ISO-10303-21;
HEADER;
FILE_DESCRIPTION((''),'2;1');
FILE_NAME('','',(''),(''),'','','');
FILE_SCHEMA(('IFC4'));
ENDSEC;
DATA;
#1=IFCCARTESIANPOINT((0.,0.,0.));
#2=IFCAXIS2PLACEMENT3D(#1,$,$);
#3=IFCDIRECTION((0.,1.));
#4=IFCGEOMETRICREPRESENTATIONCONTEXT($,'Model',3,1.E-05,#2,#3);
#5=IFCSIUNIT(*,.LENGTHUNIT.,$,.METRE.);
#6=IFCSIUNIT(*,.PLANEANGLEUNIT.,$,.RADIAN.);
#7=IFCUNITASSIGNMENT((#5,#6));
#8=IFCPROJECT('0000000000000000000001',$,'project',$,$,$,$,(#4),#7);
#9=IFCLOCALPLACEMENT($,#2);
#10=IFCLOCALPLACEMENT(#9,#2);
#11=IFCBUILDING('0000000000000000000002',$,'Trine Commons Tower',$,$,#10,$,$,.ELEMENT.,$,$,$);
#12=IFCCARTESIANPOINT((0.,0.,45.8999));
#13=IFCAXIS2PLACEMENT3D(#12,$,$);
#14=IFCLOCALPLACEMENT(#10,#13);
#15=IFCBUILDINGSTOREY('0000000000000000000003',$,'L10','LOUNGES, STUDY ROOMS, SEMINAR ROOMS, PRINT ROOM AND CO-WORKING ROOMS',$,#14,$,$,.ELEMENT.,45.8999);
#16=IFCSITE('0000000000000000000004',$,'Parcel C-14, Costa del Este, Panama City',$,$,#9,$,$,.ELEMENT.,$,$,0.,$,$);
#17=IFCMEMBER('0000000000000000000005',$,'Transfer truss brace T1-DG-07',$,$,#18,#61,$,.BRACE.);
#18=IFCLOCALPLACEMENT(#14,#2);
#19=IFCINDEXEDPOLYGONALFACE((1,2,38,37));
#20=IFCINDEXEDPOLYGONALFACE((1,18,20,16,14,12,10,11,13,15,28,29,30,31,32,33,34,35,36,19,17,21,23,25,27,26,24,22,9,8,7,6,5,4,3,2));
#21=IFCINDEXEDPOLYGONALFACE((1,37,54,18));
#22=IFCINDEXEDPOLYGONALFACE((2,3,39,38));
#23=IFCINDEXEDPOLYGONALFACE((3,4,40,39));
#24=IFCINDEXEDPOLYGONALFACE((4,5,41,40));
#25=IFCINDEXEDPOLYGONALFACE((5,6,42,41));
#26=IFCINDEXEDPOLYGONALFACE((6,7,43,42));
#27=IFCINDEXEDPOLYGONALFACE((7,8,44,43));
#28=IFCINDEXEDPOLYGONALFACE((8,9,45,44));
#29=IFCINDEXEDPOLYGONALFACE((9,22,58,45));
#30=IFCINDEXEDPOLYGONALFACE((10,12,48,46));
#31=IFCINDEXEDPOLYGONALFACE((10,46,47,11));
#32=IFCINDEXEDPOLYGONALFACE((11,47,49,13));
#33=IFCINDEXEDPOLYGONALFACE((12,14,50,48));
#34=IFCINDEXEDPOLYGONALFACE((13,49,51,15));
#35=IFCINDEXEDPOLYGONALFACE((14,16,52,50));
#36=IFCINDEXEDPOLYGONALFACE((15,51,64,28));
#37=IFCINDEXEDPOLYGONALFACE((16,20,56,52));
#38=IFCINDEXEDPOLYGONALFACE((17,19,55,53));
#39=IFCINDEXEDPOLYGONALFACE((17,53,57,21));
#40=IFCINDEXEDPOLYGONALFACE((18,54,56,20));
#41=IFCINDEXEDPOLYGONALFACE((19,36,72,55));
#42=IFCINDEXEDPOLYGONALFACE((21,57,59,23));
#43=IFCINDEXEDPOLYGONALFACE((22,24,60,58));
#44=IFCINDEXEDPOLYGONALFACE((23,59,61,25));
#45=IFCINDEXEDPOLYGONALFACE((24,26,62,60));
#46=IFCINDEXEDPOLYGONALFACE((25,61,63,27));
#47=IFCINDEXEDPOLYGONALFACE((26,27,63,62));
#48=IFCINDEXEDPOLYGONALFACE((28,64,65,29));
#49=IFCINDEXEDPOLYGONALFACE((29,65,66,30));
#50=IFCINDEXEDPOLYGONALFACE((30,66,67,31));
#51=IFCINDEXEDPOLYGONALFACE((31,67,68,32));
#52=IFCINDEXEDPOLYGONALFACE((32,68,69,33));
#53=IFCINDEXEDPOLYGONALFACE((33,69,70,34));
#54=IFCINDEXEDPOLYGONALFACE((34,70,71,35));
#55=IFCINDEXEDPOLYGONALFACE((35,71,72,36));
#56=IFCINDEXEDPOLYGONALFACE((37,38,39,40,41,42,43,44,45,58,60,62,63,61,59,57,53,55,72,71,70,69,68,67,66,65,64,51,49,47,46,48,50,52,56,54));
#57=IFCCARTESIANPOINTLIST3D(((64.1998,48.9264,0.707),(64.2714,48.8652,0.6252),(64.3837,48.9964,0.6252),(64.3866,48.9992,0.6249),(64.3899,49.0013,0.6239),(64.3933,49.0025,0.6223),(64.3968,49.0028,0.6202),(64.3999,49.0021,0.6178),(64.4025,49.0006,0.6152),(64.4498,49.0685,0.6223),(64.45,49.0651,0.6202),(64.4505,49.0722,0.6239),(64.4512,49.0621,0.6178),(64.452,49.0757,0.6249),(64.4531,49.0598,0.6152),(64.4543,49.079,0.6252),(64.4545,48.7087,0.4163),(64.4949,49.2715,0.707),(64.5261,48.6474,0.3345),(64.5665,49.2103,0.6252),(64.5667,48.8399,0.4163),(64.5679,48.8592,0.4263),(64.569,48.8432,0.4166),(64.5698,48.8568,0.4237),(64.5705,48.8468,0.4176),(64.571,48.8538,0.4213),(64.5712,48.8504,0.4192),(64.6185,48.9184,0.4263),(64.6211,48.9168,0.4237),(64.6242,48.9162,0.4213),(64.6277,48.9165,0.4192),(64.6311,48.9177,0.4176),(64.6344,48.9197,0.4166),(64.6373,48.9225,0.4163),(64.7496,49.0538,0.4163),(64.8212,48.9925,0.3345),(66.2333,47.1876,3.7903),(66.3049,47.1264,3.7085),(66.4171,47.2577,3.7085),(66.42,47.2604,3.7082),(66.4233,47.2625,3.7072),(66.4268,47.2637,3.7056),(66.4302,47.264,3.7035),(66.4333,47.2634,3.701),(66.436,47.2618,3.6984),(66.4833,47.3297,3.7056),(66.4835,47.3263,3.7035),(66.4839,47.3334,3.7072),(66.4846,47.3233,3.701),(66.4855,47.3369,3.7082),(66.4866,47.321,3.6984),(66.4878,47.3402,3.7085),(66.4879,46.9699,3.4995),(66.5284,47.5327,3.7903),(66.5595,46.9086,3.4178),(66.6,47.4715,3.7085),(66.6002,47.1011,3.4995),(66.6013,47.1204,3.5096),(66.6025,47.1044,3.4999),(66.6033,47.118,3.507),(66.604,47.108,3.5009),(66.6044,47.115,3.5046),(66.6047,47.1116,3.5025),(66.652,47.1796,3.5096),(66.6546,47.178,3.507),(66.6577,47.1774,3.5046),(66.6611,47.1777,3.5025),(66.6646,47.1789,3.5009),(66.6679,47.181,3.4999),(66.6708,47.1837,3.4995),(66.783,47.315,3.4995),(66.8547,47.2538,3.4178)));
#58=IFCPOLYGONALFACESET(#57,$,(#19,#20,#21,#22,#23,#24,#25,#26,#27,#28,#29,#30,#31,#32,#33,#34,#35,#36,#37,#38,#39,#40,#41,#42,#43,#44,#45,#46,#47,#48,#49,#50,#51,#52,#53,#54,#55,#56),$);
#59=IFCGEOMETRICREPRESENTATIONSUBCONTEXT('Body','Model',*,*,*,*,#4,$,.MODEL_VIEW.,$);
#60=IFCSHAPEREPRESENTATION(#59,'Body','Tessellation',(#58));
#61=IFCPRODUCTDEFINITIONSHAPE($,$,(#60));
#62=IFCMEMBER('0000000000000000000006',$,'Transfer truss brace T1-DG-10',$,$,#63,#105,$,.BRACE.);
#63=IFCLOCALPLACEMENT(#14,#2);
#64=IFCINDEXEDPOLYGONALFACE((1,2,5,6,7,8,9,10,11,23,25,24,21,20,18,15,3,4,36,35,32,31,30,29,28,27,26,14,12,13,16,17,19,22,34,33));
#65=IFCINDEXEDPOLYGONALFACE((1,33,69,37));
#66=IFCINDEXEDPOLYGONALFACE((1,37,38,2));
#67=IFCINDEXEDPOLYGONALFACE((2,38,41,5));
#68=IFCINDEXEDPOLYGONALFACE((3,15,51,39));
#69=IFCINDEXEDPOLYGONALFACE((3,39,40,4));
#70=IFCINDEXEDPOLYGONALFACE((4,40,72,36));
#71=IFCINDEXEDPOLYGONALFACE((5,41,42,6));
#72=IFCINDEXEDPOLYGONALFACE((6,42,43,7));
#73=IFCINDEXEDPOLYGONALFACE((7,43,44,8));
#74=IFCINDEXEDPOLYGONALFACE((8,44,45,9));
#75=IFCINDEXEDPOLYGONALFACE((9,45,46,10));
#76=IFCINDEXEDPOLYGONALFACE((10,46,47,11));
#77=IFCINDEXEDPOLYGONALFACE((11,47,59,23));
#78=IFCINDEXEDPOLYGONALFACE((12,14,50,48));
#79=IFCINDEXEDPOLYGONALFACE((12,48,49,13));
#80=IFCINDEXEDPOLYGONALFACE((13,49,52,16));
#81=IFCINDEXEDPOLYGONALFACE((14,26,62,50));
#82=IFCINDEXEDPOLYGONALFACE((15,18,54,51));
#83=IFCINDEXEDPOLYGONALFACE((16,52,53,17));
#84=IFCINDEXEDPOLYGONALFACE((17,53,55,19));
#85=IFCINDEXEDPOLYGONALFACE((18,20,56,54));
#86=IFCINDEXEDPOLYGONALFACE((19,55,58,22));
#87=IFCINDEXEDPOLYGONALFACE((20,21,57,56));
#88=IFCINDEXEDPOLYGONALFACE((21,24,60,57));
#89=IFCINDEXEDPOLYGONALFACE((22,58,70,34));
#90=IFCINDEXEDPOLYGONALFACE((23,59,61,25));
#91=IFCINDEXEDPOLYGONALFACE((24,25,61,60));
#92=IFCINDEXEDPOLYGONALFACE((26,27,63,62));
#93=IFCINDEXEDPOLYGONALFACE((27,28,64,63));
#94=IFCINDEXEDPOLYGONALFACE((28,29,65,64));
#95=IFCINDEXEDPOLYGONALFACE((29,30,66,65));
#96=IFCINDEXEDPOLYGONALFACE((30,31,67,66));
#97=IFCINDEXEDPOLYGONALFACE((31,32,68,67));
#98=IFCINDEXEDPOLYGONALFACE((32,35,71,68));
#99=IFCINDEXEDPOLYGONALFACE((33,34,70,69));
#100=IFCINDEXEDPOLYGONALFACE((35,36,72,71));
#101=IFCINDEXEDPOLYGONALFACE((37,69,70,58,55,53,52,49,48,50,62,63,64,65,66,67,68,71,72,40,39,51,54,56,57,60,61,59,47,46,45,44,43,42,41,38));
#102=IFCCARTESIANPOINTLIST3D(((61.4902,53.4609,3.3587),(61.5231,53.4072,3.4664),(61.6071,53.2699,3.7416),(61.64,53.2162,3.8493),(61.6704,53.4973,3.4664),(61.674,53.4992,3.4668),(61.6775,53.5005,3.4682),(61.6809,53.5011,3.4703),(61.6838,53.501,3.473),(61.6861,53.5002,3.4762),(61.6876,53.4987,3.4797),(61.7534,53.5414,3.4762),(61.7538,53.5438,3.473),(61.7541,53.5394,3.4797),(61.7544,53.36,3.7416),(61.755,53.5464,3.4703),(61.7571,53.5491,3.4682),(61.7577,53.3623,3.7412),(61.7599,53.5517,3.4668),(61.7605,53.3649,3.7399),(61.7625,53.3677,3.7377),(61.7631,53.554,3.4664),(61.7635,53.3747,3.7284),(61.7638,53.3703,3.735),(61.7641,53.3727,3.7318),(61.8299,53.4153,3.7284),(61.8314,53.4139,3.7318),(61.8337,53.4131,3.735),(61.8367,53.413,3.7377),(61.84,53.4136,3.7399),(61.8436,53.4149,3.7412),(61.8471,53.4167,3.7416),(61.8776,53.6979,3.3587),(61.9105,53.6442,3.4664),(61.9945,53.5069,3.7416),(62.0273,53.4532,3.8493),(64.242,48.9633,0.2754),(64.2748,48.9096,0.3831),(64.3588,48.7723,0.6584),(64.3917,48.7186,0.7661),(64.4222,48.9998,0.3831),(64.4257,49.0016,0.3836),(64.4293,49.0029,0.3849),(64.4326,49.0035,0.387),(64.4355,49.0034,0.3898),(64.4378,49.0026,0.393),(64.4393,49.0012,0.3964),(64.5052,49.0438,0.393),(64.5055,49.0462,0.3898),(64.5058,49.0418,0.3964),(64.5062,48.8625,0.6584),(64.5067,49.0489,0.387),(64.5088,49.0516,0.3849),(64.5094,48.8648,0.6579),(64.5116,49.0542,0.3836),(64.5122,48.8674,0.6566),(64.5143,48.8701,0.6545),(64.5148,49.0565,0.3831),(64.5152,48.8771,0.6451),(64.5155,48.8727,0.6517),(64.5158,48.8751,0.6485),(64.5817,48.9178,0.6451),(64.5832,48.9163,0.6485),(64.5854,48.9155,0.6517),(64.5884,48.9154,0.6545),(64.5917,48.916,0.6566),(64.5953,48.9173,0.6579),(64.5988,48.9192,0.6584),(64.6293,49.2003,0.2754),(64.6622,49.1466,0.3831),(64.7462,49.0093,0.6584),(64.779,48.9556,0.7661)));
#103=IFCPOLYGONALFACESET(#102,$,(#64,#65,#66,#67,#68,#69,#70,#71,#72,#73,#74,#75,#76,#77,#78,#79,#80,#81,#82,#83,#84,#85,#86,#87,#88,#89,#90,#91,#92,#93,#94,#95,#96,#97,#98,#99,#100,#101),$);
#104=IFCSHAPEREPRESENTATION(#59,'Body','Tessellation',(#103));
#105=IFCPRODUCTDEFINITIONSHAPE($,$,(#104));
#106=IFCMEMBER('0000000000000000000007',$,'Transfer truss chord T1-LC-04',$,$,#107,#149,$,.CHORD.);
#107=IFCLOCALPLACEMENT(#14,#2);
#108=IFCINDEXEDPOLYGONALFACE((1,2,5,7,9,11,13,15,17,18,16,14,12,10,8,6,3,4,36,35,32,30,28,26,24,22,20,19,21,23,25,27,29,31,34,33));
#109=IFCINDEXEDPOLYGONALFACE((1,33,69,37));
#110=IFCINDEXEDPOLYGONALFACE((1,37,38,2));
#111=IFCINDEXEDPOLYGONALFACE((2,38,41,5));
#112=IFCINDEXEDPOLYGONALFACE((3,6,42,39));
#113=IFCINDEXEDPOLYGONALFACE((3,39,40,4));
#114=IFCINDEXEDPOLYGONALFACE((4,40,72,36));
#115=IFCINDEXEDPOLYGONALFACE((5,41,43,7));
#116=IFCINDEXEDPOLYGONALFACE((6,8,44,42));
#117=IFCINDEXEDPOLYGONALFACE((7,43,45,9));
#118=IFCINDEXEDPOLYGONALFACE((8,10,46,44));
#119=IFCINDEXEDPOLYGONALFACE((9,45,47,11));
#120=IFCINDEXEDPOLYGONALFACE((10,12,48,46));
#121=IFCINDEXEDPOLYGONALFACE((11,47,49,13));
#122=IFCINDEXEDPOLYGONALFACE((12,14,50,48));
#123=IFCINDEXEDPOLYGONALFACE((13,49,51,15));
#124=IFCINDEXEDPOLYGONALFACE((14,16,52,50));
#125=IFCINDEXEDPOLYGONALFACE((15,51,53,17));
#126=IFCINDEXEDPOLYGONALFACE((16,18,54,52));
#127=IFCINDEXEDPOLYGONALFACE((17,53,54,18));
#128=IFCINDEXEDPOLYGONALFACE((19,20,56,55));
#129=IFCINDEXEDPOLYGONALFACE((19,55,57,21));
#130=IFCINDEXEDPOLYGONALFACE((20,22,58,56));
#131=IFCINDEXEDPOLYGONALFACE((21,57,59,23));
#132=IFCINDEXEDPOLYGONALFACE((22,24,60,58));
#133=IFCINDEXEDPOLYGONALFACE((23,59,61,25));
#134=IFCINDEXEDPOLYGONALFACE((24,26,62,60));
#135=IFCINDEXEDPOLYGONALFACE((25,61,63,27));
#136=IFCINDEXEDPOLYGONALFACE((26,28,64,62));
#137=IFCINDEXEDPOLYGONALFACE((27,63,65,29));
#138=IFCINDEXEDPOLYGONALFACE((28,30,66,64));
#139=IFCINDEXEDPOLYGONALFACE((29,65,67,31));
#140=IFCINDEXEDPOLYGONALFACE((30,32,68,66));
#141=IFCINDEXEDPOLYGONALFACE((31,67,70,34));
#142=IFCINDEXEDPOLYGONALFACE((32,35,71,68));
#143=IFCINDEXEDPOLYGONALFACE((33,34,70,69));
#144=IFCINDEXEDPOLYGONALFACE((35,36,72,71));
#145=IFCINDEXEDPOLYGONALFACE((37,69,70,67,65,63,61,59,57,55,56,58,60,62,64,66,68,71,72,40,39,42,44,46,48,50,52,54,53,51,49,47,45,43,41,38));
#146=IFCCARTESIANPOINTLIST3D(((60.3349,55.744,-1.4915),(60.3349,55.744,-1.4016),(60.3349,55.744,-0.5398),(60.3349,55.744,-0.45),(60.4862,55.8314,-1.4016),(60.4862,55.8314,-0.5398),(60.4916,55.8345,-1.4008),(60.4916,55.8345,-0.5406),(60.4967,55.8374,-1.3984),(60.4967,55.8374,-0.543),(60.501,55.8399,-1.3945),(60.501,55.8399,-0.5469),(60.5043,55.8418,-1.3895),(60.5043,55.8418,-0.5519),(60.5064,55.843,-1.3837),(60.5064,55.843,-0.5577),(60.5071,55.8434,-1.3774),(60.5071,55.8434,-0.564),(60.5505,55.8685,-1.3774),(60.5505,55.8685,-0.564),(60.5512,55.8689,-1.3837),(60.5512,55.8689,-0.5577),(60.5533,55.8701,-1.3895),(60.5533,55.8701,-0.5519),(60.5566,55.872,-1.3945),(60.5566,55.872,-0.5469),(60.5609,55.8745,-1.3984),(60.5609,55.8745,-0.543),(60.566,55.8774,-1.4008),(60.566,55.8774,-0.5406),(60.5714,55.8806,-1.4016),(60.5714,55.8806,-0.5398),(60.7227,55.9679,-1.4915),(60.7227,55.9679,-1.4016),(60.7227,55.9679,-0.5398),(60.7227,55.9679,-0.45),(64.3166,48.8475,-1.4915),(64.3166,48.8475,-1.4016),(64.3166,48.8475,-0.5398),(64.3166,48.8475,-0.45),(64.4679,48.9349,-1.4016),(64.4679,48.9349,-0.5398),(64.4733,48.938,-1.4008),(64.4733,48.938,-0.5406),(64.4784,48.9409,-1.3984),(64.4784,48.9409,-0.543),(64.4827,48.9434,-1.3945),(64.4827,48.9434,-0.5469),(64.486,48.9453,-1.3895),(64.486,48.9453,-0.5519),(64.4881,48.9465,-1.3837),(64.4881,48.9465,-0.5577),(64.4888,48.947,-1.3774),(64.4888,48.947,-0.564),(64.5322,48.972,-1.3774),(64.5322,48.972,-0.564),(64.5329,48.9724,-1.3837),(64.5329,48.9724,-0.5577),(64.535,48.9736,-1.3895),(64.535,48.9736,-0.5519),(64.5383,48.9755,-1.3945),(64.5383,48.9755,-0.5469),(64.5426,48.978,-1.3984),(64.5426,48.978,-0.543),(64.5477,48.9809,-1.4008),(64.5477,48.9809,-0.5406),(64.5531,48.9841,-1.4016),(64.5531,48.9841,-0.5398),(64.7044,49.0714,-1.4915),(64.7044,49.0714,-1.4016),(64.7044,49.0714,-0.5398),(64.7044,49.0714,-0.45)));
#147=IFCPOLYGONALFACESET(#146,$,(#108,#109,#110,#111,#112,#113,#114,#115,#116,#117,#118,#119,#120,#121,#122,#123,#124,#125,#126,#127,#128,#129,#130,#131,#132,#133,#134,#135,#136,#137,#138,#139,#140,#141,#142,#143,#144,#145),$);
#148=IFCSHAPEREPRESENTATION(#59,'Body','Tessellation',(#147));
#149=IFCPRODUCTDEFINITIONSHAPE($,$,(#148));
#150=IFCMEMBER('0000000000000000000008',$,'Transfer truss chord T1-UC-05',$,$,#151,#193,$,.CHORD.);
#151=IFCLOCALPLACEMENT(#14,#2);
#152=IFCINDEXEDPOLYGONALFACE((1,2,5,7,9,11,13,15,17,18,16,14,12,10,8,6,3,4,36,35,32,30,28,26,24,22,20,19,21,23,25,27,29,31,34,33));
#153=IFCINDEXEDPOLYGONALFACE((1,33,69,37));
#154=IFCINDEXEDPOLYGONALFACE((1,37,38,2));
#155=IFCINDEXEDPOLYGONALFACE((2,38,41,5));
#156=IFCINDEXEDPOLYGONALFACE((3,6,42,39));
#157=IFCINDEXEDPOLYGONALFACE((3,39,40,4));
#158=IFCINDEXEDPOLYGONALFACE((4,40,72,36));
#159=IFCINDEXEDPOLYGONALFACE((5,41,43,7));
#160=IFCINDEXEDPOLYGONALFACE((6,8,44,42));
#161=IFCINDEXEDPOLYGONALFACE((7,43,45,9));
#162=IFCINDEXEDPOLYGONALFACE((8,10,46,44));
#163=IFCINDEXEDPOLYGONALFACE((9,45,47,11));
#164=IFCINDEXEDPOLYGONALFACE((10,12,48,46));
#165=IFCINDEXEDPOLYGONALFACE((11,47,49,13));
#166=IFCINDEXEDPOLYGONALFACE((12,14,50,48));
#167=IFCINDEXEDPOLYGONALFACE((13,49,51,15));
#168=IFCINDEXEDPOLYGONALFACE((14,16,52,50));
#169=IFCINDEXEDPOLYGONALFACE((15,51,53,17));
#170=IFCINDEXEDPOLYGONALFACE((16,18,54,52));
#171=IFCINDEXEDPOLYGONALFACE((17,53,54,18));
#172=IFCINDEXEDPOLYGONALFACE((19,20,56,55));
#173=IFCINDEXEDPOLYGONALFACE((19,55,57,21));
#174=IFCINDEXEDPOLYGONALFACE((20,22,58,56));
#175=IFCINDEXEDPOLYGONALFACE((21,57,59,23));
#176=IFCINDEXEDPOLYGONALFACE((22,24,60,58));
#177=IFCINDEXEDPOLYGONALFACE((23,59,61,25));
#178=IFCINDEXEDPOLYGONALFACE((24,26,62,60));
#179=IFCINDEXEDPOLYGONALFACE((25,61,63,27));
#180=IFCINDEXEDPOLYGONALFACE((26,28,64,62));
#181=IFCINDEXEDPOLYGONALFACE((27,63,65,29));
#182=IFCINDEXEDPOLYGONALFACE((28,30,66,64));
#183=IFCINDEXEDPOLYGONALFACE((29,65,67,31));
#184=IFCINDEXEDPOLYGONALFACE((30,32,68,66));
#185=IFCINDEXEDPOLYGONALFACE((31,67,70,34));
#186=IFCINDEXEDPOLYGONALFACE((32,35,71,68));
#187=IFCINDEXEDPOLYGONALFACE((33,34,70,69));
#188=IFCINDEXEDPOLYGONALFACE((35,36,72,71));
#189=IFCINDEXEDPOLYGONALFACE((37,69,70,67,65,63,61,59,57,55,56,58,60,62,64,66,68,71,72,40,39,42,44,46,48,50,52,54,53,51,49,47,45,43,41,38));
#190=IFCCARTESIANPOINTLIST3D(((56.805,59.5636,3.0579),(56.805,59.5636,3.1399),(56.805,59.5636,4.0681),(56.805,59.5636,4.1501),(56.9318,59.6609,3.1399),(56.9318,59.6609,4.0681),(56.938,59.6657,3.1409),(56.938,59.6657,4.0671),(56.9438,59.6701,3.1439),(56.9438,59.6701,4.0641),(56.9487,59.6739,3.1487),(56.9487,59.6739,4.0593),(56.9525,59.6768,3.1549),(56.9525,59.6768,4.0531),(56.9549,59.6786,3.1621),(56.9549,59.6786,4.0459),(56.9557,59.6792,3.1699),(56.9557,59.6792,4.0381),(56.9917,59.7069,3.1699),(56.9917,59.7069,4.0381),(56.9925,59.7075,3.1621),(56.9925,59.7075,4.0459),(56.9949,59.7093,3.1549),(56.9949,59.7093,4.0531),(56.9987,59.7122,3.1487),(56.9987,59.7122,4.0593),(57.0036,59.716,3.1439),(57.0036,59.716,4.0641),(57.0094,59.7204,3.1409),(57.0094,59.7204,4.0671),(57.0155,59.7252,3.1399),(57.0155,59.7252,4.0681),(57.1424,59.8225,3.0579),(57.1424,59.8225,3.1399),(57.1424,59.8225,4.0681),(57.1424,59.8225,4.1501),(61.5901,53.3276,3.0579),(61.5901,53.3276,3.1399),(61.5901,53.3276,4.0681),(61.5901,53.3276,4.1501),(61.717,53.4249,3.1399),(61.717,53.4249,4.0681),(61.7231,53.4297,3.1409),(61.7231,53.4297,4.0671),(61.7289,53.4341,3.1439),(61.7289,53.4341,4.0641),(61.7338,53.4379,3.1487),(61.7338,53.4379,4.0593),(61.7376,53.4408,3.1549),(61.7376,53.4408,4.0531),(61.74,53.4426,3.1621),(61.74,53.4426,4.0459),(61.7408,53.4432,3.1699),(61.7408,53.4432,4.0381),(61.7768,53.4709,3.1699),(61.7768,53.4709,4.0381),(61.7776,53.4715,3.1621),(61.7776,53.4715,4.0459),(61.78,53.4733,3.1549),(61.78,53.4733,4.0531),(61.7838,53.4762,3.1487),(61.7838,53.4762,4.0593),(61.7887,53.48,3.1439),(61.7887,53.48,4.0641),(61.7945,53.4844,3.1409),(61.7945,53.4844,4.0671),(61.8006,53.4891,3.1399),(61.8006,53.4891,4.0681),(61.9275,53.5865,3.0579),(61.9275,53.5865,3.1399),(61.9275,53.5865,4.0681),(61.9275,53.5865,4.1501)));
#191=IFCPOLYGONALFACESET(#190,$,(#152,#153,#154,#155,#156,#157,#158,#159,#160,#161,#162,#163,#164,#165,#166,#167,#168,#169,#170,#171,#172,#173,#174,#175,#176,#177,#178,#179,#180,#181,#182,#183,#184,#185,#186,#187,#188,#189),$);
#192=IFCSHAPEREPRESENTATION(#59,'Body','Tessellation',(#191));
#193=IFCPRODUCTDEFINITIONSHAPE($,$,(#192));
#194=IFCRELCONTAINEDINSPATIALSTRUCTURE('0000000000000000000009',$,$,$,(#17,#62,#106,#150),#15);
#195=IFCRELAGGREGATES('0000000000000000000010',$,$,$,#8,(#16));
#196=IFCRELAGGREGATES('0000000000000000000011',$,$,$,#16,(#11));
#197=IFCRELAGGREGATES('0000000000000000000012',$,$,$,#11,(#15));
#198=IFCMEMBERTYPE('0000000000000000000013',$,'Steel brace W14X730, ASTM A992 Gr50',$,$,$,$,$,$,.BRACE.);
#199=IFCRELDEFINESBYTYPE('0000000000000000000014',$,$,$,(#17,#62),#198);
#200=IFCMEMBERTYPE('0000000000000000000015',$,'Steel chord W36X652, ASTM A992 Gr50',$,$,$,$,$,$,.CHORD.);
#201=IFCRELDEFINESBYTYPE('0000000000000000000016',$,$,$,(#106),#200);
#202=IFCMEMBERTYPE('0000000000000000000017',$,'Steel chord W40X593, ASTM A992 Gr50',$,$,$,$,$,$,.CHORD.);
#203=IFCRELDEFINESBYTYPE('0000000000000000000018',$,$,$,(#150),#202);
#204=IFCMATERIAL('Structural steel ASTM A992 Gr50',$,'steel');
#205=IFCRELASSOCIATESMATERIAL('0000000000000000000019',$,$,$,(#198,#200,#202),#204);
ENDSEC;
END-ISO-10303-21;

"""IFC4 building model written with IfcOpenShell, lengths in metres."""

from ifc_helpers import new_model, si_unit, direction, frame, origin, origin_2d, place, context, subcontext, project, spatial, i_section, extrude, material, material_profile, profile_set, type_object, element, save


model = new_model("IFC4")

# Units and contexts
model_context = context("Model", 3, precision=1e-05, world=origin(), true_north=direction((0.0, 1.0)))
body_context = subcontext(model_context, "Body", "Model", "MODEL_VIEW")
ifc_project = project(units=[si_unit("LENGTHUNIT", "METRE"), si_unit("PLANEANGLEUNIT", "RADIAN")], contexts=[model_context])

# Site, building, storey
site_placement = place(None, origin())
site = spatial("IfcSite", under=ifc_project, at=site_placement, Name="Parcel C-14, Costa del Este, Panama City", CompositionType="ELEMENT", RefElevation=0.0)
building_placement = place(site_placement, origin())
building = spatial("IfcBuilding", under=site, at=building_placement, Name="Trine Commons Tower", CompositionType="ELEMENT")
storey_placement = place(building_placement, frame((0.0, 0.0, 45.8999)))
storey = spatial("IfcBuildingStorey", under=building, at=storey_placement, Name="L10", Description="LOUNGES, STUDY ROOMS, SEMINAR ROOMS, PRINT ROOM AND CO-WORKING ROOMS", CompositionType="ELEMENT", Elevation=45.8999)

# Members
ifc_material_1 = material(Name="Structural steel ASTM A992 Gr50", Category="steel")
ifc_material_profile_1 = material_profile(ifc_material_1, i_section(OverallWidth=0.4541, OverallDepth=0.5684, WebThickness=0.0779, FlangeThickness=0.1248, FilletRadius=0.0154, at=origin_2d()), Name="W14X730")
ifc_profile_set_1 = profile_set([ifc_material_profile_1], Name="Structural steel ASTM A992 Gr50")
member_type_1 = type_object("IfcMemberType", Name="Steel brace W14X730, ASTM A992 Gr50", PredefinedType="BRACE", material=ifc_profile_set_1)
member_1_placement = place(storey_placement, frame((64.5105, 48.9595, 0.5208), z_axis=(0.498121, -0.425935, 0.755285), x_axis=(0.649889, 0.760029, 0.0)))
element("IfcMember", 1, at=member_1_placement, inside=storey, type_object=member_type_1, Name="Transfer truss brace T1-DG-07", PredefinedType="BRACE", context=body_context, shape_type="SweptSolid", body=[
    extrude(i_section(OverallWidth=0.4541, OverallDepth=0.5684, WebThickness=0.0779, FlangeThickness=0.1248, FilletRadius=0.0154, at=origin_2d()), origin(), (0.0, 0.0, 1.0), 4.0823),
])
member_2_placement = place(storey_placement, frame((64.5105, 48.9595, 0.5208), z_axis=(-0.450517, 0.736352, 0.504798), x_axis=(-0.853012, -0.521892, 0.0)))
element("IfcMember", 2, at=member_2_placement, inside=storey, type_object=member_type_1, Name="Transfer truss brace T1-DG-10", PredefinedType="BRACE", context=body_context, shape_type="SweptSolid", body=[
    extrude(i_section(OverallWidth=0.4541, OverallDepth=0.5684, WebThickness=0.0779, FlangeThickness=0.1248, FilletRadius=0.0154, at=origin_2d()), origin(), (0.0, 0.0, 1.0), 6.1079),
])
ifc_material_profile_2 = material_profile(ifc_material_1, i_section(OverallWidth=0.4478, OverallDepth=1.0415, WebThickness=0.05, FlangeThickness=0.0898, FilletRadius=0.0242, at=origin_2d()), Name="W36X652")
ifc_profile_set_2 = profile_set([ifc_material_profile_2], Name="Structural steel ASTM A992 Gr50")
member_type_2 = type_object("IfcMemberType", Name="Steel chord W36X652, ASTM A992 Gr50", PredefinedType="CHORD", material=ifc_profile_set_2)
member_3_placement = place(storey_placement, frame((64.5105, 48.9595, -0.9707), z_axis=(-0.5, 0.866025, 0.0), x_axis=(-0.866025, -0.5, 0.0)))
element("IfcMember", 3, at=member_3_placement, inside=storey, type_object=member_type_2, Name="Transfer truss chord T1-LC-04", PredefinedType="CHORD", context=body_context, shape_type="SweptSolid", body=[
    extrude(i_section(OverallWidth=0.4478, OverallDepth=1.0415, WebThickness=0.05, FlangeThickness=0.0898, FilletRadius=0.0242, at=origin_2d()), origin(), (0.0, 0.0, 1.0), 7.9634),
])
ifc_material_profile_3 = material_profile(ifc_material_1, i_section(OverallWidth=0.4253, OverallDepth=1.0923, WebThickness=0.0454, FlangeThickness=0.082, FilletRadius=0.03, at=origin_2d()), Name="W40X593")
ifc_profile_set_3 = profile_set([ifc_material_profile_3], Name="Structural steel ASTM A992 Gr50")
member_type_3 = type_object("IfcMemberType", Name="Steel chord W40X593, ASTM A992 Gr50", PredefinedType="CHORD", material=ifc_profile_set_3)
member_4_placement = place(storey_placement, frame((61.7588, 53.457, 3.604), z_axis=(-0.608765, 0.793351, 0.0), x_axis=(-0.793351, -0.608765, 0.0)))
element("IfcMember", 4, at=member_4_placement, inside=storey, type_object=member_type_3, Name="Transfer truss chord T1-UC-05", PredefinedType="CHORD", context=body_context, shape_type="SweptSolid", body=[
    extrude(i_section(OverallWidth=0.4253, OverallDepth=1.0923, WebThickness=0.0454, FlangeThickness=0.082, FilletRadius=0.03, at=origin_2d()), origin(), (0.0, 0.0, 1.0), 7.8604),
])

save(model, "model.ifc")
